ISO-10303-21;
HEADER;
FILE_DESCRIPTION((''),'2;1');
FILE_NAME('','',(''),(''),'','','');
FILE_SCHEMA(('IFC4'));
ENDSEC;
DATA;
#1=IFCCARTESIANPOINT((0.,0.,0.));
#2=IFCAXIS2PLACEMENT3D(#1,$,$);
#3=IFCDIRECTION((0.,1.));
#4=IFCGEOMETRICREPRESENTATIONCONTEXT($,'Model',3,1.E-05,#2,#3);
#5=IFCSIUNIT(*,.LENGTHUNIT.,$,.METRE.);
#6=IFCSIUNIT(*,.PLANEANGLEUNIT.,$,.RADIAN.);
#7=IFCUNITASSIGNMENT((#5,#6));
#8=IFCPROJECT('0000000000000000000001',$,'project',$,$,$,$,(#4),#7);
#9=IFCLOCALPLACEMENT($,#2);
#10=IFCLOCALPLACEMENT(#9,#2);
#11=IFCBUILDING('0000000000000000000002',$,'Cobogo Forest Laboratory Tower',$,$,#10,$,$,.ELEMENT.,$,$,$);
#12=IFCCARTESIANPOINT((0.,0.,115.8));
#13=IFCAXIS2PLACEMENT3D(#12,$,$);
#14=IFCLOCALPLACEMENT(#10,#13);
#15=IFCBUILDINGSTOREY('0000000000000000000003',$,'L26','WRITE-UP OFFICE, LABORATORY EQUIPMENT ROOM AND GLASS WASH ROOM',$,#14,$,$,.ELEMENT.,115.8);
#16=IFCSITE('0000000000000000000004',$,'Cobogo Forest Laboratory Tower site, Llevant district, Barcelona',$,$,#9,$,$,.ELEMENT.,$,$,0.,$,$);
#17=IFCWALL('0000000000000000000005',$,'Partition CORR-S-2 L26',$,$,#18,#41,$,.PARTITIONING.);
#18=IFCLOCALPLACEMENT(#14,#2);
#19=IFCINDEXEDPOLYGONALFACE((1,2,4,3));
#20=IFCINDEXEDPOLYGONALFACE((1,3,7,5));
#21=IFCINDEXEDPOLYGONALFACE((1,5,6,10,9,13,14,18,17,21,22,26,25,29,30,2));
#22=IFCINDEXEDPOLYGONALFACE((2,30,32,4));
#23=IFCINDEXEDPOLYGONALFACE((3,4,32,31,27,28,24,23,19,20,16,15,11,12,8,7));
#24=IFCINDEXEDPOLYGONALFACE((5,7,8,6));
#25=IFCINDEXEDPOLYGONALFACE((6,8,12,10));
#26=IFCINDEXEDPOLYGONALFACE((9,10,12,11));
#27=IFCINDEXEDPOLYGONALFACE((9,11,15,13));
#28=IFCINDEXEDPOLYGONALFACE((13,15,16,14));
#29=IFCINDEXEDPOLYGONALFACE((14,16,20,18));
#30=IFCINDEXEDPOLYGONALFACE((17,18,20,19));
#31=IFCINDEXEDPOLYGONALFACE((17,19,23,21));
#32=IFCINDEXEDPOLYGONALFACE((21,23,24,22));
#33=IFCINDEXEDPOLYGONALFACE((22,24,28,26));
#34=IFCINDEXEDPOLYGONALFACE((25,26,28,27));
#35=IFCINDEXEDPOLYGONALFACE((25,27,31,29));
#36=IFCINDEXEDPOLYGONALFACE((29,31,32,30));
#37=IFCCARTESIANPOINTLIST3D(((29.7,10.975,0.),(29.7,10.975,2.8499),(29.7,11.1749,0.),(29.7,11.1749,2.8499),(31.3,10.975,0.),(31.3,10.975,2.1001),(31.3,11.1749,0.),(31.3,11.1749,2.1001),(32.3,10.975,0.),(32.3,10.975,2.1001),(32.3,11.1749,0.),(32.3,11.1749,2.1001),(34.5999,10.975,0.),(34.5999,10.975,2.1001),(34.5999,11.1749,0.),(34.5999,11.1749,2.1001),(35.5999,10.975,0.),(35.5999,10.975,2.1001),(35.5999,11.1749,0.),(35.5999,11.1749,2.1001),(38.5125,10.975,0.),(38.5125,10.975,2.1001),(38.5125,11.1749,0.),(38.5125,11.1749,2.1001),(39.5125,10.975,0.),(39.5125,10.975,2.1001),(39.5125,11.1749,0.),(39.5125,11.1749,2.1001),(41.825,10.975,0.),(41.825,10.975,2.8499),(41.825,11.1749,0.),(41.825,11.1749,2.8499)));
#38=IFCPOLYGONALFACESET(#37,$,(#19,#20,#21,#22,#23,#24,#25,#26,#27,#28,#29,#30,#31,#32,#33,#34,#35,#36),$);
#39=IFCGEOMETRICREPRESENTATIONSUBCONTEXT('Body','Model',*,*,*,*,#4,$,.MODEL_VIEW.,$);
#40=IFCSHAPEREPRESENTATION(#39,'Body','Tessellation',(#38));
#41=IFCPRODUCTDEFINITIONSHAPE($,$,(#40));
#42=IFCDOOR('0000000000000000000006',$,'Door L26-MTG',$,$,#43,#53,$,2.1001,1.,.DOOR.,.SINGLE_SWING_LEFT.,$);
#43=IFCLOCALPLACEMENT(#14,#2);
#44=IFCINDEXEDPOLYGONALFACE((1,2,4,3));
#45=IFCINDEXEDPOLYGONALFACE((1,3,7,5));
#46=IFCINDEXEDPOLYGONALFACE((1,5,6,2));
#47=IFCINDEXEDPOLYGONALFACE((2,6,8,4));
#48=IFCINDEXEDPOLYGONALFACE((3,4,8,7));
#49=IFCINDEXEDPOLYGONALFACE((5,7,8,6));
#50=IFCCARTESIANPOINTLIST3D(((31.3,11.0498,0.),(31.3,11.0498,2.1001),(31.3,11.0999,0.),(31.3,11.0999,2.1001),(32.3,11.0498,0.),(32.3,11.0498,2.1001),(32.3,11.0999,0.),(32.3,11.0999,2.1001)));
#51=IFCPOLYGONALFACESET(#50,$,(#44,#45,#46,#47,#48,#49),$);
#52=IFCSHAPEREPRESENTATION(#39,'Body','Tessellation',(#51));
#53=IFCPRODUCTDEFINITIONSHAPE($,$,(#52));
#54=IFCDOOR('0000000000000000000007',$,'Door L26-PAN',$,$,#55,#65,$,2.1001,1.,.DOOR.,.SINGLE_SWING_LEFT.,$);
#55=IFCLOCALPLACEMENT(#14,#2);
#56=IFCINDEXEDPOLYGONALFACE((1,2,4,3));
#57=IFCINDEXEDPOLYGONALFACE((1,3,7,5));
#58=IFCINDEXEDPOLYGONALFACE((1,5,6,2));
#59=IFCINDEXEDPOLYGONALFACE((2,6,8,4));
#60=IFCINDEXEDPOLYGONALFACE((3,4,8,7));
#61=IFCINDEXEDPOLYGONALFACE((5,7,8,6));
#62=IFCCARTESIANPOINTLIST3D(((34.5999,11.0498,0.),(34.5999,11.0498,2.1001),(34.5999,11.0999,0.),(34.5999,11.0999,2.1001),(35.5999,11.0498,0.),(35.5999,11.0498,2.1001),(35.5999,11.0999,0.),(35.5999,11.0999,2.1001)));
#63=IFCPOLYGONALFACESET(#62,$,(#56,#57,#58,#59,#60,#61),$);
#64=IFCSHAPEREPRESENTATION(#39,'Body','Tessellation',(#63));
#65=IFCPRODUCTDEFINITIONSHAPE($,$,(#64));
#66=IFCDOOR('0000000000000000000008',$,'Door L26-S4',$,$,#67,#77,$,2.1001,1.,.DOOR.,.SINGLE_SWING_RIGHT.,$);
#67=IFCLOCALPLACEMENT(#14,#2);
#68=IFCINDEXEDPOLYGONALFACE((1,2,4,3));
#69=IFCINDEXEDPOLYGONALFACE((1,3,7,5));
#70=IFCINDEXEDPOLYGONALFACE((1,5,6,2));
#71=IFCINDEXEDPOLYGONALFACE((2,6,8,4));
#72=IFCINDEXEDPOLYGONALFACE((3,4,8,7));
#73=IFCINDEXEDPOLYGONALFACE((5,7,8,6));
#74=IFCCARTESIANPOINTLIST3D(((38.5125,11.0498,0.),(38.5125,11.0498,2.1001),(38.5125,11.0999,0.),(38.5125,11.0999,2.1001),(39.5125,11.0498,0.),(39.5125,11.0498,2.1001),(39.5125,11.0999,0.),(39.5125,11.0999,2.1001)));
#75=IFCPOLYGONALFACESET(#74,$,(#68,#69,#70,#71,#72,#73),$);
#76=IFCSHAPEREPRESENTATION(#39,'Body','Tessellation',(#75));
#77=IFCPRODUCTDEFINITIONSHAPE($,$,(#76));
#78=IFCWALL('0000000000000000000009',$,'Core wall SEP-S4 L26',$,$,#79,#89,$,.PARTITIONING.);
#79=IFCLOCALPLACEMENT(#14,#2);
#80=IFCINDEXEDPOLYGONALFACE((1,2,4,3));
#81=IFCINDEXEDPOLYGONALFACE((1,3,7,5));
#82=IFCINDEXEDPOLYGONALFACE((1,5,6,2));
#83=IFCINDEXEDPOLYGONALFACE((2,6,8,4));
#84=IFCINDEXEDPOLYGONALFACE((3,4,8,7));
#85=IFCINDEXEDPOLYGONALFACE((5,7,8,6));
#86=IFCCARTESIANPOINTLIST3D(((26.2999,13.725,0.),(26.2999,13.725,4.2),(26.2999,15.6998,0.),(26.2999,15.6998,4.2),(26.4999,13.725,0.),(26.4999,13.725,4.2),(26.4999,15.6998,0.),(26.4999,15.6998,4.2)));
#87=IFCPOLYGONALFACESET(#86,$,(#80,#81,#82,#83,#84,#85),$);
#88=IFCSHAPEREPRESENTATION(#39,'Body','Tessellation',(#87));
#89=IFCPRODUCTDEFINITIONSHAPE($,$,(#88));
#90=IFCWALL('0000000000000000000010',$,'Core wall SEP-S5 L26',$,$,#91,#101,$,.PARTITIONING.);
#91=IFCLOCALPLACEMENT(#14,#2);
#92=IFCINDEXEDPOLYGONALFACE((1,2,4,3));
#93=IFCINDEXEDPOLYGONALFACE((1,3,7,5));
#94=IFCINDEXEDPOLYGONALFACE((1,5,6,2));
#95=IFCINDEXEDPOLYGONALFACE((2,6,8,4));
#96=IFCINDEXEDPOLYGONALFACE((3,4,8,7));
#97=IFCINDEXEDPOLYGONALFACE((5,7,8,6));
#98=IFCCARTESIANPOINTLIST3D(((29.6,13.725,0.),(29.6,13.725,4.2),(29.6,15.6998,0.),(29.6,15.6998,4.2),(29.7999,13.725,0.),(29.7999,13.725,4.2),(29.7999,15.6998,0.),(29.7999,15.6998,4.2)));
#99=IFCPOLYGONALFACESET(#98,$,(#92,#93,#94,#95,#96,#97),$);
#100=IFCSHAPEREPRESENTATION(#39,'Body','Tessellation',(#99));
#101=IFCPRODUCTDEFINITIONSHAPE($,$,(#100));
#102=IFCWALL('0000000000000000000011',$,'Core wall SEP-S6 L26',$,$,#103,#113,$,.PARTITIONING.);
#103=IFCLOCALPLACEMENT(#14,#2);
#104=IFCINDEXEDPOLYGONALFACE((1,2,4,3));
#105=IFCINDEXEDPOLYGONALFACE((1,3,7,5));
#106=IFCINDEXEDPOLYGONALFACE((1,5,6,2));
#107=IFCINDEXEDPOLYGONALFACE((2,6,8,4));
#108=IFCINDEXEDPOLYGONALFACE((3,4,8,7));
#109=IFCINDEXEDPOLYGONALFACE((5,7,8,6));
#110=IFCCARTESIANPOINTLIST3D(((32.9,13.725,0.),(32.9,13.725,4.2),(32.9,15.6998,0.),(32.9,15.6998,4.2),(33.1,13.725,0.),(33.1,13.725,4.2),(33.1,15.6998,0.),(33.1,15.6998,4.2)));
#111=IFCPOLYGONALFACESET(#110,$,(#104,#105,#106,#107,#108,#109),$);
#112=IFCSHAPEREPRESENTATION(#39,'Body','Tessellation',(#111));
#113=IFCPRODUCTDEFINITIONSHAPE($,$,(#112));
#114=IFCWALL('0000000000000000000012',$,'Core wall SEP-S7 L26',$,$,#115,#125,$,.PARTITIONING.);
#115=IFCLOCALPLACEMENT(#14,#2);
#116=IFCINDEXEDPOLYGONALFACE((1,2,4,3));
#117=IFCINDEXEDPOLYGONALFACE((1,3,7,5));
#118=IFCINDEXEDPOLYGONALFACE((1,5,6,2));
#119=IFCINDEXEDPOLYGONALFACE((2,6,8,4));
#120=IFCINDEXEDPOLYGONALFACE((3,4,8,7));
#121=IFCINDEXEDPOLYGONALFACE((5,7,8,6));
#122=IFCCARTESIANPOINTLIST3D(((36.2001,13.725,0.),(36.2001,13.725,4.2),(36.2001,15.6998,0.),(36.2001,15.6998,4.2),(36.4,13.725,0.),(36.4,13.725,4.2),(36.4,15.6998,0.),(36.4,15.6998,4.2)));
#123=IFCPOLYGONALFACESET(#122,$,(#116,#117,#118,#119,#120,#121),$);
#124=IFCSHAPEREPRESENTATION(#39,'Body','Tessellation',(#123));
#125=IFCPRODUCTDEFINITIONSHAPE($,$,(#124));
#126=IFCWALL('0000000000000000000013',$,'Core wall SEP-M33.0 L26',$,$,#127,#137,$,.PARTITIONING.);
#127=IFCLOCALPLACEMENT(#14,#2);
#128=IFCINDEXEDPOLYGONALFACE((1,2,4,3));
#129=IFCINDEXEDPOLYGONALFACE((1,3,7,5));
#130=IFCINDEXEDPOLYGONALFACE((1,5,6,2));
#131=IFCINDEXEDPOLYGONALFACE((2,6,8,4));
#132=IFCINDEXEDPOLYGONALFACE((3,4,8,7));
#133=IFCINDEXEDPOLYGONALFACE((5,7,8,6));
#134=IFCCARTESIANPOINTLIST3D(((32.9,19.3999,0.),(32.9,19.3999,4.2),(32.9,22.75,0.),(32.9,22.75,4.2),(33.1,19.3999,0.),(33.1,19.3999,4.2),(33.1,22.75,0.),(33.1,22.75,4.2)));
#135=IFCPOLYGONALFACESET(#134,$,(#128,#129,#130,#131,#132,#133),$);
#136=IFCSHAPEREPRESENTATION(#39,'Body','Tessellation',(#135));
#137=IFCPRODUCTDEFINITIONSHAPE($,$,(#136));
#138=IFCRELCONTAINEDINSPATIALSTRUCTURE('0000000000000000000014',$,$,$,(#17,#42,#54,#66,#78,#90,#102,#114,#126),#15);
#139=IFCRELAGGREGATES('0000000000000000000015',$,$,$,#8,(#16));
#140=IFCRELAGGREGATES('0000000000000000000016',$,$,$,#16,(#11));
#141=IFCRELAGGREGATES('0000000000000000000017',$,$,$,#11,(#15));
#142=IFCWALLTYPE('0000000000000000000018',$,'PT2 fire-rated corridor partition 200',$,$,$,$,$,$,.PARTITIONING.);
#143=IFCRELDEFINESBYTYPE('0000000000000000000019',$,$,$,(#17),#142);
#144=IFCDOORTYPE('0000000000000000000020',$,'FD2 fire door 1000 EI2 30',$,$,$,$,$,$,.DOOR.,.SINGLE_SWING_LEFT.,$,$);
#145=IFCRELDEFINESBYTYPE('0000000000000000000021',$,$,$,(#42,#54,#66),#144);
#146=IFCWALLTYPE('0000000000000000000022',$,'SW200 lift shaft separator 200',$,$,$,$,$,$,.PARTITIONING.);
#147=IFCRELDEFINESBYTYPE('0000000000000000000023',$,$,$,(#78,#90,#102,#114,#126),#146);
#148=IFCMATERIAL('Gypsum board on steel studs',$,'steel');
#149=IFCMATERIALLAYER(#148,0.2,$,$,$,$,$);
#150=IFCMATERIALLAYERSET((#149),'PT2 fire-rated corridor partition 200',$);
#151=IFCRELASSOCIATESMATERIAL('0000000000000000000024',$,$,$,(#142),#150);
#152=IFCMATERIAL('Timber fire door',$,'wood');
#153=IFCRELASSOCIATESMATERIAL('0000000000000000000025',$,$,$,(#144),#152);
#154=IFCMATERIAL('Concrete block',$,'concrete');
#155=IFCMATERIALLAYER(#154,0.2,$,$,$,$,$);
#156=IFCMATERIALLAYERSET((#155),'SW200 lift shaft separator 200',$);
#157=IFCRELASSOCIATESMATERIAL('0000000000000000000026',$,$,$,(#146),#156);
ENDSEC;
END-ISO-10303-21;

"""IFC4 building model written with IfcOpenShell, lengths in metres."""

from ifc_helpers import new_model, si_unit, direction, frame, frame_2d, origin, place, context, subcontext, project, spatial, rectangle, extrude, material, layer, layer_set, type_object, element, fill, save


model = new_model("IFC4")

# Units and contexts
model_context = context("Model", 3, precision=1e-05, world=origin(), true_north=direction((0.0, 1.0)))
body_context = subcontext(model_context, "Body", "Model", "MODEL_VIEW")
ifc_project = project(units=[si_unit("LENGTHUNIT", "METRE"), si_unit("PLANEANGLEUNIT", "RADIAN")], contexts=[model_context])

# Site, building, storey
site_placement = place(None, origin())
site = spatial("IfcSite", under=ifc_project, at=site_placement, Name="Cobogo Forest Laboratory Tower site, Llevant district, Barcelona", CompositionType="ELEMENT", RefElevation=0.0)
building_placement = place(site_placement, origin())
building = spatial("IfcBuilding", under=site, at=building_placement, Name="Cobogo Forest Laboratory Tower", CompositionType="ELEMENT")
storey_placement = place(building_placement, frame((0.0, 0.0, 115.8)))
storey = spatial("IfcBuildingStorey", under=building, at=storey_placement, Name="L26", Description="WRITE-UP OFFICE, LABORATORY EQUIPMENT ROOM AND GLASS WASH ROOM", CompositionType="ELEMENT", Elevation=115.8)

# Wall, openings, doors
ifc_material_1 = material(Name="Gypsum board on steel studs", Category="steel")
ifc_layer_1 = layer(ifc_material_1, 0.2)
ifc_layer_set_1 = layer_set([ifc_layer_1], Name="PT2 fire-rated corridor partition 200")
wall_type_1 = type_object("IfcWallType", Name="PT2 fire-rated corridor partition 200", PredefinedType="PARTITIONING", material=ifc_layer_set_1)
wall_1_placement = place(storey_placement, frame((29.7, 11.075, 0.0), z_axis=(0.0, 0.0, 1.0), x_axis=(1.0, 0.0, 0.0)))
wall_1 = element("IfcWall", 1, at=wall_1_placement, inside=storey, type_object=wall_type_1, Name="Partition CORR-S-2 L26", PredefinedType="PARTITIONING", context=body_context, shape_type="SweptSolid", body=[
    extrude(rectangle(XDim=12.125, YDim=0.2, at=frame_2d((6.0625, 0.0))), origin(), (0.0, 0.0, 1.0), 2.8499),
])
opening_1_placement = place(wall_1_placement, frame((1.6001, 0.0, 0.0)))
opening_1 = element("IfcOpeningElement", 2, at=opening_1_placement, cuts=wall_1, PredefinedType="OPENING", context=body_context, shape_type="SweptSolid", body=[
    extrude(rectangle(XDim=1.0, YDim=2.1001, at=frame_2d((0.5, 1.05))), frame((0.0, 0.1099, 0.0), z_axis=(0.0, -1.0, 0.0), x_axis=(1.0, 0.0, 0.0)), (0.0, 0.0, 1.0), 0.22),
])
opening_2_placement = place(wall_1_placement, frame((4.8999, 0.0, 0.0)))
opening_2 = element("IfcOpeningElement", 3, at=opening_2_placement, cuts=wall_1, PredefinedType="OPENING", context=body_context, shape_type="SweptSolid", body=[
    extrude(rectangle(XDim=1.0, YDim=2.1001, at=frame_2d((0.5, 1.05))), frame((0.0, 0.1099, 0.0), z_axis=(0.0, -1.0, 0.0), x_axis=(1.0, 0.0, 0.0)), (0.0, 0.0, 1.0), 0.22),
])
opening_3_placement = place(wall_1_placement, frame((8.8125, 0.0, 0.0)))
opening_3 = element("IfcOpeningElement", 4, at=opening_3_placement, cuts=wall_1, PredefinedType="OPENING", context=body_context, shape_type="SweptSolid", body=[
    extrude(rectangle(XDim=1.0, YDim=2.1001, at=frame_2d((0.5, 1.05))), frame((0.0, 0.1099, 0.0), z_axis=(0.0, -1.0, 0.0), x_axis=(1.0, 0.0, 0.0)), (0.0, 0.0, 1.0), 0.22),
])
ifc_material_2 = material(Name="Timber fire door", Category="wood")
door_type_1 = type_object("IfcDoorType", Name="FD2 fire door 1000 EI2 30", OperationType="SINGLE_SWING_LEFT", PredefinedType="DOOR", material=ifc_material_2)
door_1_placement = place(opening_1_placement, origin())
door_1 = element("IfcDoor", 5, at=door_1_placement, inside=storey, type_object=door_type_1, Name="Door L26-MTG", OperationType="SINGLE_SWING_LEFT", OverallHeight=2.1001, OverallWidth=1.0, PredefinedType="DOOR", context=body_context, shape_type="SweptSolid", body=[
    extrude(rectangle(XDim=1.0, YDim=2.1001, at=frame_2d((0.5, 1.05))), frame((0.0, 0.0249, 0.0), z_axis=(0.0, -1.0, 0.0), x_axis=(1.0, 0.0, 0.0)), (0.0, 0.0, 1.0), 0.05),
])
fill(opening_1, door_1)
door_2_placement = place(opening_2_placement, origin())
door_2 = element("IfcDoor", 6, at=door_2_placement, inside=storey, type_object=door_type_1, Name="Door L26-PAN", OperationType="SINGLE_SWING_LEFT", OverallHeight=2.1001, OverallWidth=1.0, PredefinedType="DOOR", context=body_context, shape_type="SweptSolid", body=[
    extrude(rectangle(XDim=1.0, YDim=2.1001, at=frame_2d((0.5, 1.05))), frame((0.0, 0.0249, 0.0), z_axis=(0.0, -1.0, 0.0), x_axis=(1.0, 0.0, 0.0)), (0.0, 0.0, 1.0), 0.05),
])
fill(opening_2, door_2)
door_3_placement = place(opening_3_placement, origin())
door_3 = element("IfcDoor", 7, at=door_3_placement, inside=storey, type_object=door_type_1, Name="Door L26-S4", OperationType="SINGLE_SWING_RIGHT", OverallHeight=2.1001, OverallWidth=1.0, PredefinedType="DOOR", context=body_context, shape_type="SweptSolid", body=[
    extrude(rectangle(XDim=1.0, YDim=2.1001, at=frame_2d((0.5, 1.05))), frame((0.0, 0.0249, 0.0), z_axis=(0.0, -1.0, 0.0), x_axis=(1.0, 0.0, 0.0)), (0.0, 0.0, 1.0), 0.05),
])
fill(opening_3, door_3)

# Walls
ifc_material_3 = material(Name="Concrete block", Category="concrete")
ifc_layer_2 = layer(ifc_material_3, 0.2)
ifc_layer_set_2 = layer_set([ifc_layer_2], Name="SW200 lift shaft separator 200")
wall_type_2 = type_object("IfcWallType", Name="SW200 lift shaft separator 200", PredefinedType="PARTITIONING", material=ifc_layer_set_2)
for number, where, z_axis, x_axis, name in (
    (8, (26.3999, 13.7251, 0.0), (0.0, 0.0, 1.0), (0.0, 1.0, 0.0), "Core wall SEP-S4 L26"),
    (9, (29.7, 13.7251, 0.0), (0.0, 0.0, 1.0), (0.0, 1.0, 0.0), "Core wall SEP-S5 L26"),
    (10, (33.0, 13.7251, 0.0), (0.0, 0.0, 1.0), (0.0, 1.0, 0.0), "Core wall SEP-S6 L26"),
    (11, (36.3, 13.7251, 0.0), (0.0, 0.0, 1.0), (0.0, 1.0, 0.0), "Core wall SEP-S7 L26"),
):
    element("IfcWall", number, at=place(storey_placement, frame(where, z_axis=z_axis, x_axis=x_axis)), inside=storey, type_object=wall_type_2, Name=name, PredefinedType="PARTITIONING", context=body_context, shape_type="SweptSolid", body=[
        extrude(rectangle(XDim=1.9749, YDim=0.2, at=frame_2d((0.9873, 0.0))), origin(), (0.0, 0.0, 1.0), 4.2),
    ])
wall_2_placement = place(storey_placement, frame((33.0, 19.3999, 0.0), z_axis=(0.0, 0.0, 1.0), x_axis=(0.0, 1.0, 0.0)))
element("IfcWall", 12, at=wall_2_placement, inside=storey, type_object=wall_type_2, Name="Core wall SEP-M33.0 L26", PredefinedType="PARTITIONING", context=body_context, shape_type="SweptSolid", body=[
    extrude(rectangle(XDim=3.3501, YDim=0.2, at=frame_2d((1.675, 0.0))), origin(), (0.0, 0.0, 1.0), 4.2),
])

save(model, "model.ifc")
